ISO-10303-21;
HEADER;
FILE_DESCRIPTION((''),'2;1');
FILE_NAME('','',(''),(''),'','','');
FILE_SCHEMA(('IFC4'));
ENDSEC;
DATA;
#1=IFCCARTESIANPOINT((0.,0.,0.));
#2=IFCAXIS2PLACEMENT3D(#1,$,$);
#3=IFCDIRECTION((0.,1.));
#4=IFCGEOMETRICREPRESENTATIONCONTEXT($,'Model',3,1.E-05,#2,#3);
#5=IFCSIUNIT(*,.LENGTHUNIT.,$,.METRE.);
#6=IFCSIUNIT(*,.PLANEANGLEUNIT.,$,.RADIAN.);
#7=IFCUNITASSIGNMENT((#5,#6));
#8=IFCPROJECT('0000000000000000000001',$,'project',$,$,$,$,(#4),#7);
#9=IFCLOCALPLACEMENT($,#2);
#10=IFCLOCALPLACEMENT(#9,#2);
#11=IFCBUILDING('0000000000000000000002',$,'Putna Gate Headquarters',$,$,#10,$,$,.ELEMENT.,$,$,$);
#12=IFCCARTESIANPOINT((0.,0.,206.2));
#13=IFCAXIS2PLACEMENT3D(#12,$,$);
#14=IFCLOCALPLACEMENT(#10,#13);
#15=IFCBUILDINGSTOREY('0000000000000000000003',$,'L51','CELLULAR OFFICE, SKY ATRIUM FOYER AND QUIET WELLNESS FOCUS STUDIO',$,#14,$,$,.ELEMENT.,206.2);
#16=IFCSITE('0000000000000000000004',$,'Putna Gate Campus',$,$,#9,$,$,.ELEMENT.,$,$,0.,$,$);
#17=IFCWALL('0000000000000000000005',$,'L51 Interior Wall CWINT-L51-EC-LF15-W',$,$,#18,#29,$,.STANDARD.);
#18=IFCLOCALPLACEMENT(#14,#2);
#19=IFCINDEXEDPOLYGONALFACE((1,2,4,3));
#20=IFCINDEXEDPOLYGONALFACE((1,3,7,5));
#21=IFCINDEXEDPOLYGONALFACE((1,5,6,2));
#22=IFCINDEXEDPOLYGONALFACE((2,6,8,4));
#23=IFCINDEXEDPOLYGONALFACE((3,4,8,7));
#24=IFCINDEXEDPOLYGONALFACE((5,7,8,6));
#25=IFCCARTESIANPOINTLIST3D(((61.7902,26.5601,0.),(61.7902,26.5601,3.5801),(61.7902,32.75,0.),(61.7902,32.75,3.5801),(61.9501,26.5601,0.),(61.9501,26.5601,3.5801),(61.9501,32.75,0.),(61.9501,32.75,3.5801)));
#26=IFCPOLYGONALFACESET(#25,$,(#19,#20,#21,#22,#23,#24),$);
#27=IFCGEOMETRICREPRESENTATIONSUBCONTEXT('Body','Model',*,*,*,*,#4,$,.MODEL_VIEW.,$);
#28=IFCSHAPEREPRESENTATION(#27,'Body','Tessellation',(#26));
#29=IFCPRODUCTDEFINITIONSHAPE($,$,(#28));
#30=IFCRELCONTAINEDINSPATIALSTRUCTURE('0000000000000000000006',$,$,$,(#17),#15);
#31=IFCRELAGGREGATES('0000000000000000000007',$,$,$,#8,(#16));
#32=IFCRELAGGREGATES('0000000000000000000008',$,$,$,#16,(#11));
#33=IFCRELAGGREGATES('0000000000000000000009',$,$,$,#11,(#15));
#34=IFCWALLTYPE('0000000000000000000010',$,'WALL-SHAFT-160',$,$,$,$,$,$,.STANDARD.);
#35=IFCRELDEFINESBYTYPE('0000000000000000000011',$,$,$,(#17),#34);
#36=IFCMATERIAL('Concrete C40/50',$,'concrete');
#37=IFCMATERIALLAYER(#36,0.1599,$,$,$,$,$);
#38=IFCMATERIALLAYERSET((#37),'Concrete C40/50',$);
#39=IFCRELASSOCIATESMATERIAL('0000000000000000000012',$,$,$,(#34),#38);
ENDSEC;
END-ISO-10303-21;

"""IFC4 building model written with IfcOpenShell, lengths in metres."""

from ifc_helpers import new_model, si_unit, direction, frame, frame_2d, origin, place, context, subcontext, project, spatial, rectangle, extrude, material, layer, layer_set, type_object, element, save


model = new_model("IFC4")

# Units and contexts
model_context = context("Model", 3, precision=1e-05, world=origin(), true_north=direction((0.0, 1.0)))
body_context = subcontext(model_context, "Body", "Model", "MODEL_VIEW")
ifc_project = project(units=[si_unit("LENGTHUNIT", "METRE"), si_unit("PLANEANGLEUNIT", "RADIAN")], contexts=[model_context])

# Site, building, storey
site_placement = place(None, origin())
site = spatial("IfcSite", under=ifc_project, at=site_placement, Name="Putna Gate Campus", CompositionType="ELEMENT", RefElevation=0.0)
building_placement = place(site_placement, origin())
building = spatial("IfcBuilding", under=site, at=building_placement, Name="Putna Gate Headquarters", CompositionType="ELEMENT")
storey_placement = place(building_placement, frame((0.0, 0.0, 206.2)))
storey = spatial("IfcBuildingStorey", under=building, at=storey_placement, Name="L51", Description="CELLULAR OFFICE, SKY ATRIUM FOYER AND QUIET WELLNESS FOCUS STUDIO", CompositionType="ELEMENT", Elevation=206.2)

# Wall
ifc_material_1 = material(Name="Concrete C40/50", Category="concrete")
ifc_layer_1 = layer(ifc_material_1, 0.1599)
ifc_layer_set_1 = layer_set([ifc_layer_1], Name="Concrete C40/50")
wall_type_1 = type_object("IfcWallType", Name="WALL-SHAFT-160", PredefinedType="STANDARD", material=ifc_layer_set_1)
wall_1_placement = place(storey_placement, frame((61.8701, 26.5601, 0.0), z_axis=(0.0, 0.0, 1.0), x_axis=(0.0, 1.0, 0.0)))
element("IfcWall", 1, at=wall_1_placement, inside=storey, type_object=wall_type_1, Name="L51 Interior Wall CWINT-L51-EC-LF15-W", PredefinedType="STANDARD", context=body_context, shape_type="SweptSolid", body=[
    extrude(rectangle(XDim=6.1899, YDim=0.1599, at=frame_2d((3.095, 0.0))), origin(), (0.0, 0.0, 1.0), 3.5801),
])

save(model, "model.ifc")
